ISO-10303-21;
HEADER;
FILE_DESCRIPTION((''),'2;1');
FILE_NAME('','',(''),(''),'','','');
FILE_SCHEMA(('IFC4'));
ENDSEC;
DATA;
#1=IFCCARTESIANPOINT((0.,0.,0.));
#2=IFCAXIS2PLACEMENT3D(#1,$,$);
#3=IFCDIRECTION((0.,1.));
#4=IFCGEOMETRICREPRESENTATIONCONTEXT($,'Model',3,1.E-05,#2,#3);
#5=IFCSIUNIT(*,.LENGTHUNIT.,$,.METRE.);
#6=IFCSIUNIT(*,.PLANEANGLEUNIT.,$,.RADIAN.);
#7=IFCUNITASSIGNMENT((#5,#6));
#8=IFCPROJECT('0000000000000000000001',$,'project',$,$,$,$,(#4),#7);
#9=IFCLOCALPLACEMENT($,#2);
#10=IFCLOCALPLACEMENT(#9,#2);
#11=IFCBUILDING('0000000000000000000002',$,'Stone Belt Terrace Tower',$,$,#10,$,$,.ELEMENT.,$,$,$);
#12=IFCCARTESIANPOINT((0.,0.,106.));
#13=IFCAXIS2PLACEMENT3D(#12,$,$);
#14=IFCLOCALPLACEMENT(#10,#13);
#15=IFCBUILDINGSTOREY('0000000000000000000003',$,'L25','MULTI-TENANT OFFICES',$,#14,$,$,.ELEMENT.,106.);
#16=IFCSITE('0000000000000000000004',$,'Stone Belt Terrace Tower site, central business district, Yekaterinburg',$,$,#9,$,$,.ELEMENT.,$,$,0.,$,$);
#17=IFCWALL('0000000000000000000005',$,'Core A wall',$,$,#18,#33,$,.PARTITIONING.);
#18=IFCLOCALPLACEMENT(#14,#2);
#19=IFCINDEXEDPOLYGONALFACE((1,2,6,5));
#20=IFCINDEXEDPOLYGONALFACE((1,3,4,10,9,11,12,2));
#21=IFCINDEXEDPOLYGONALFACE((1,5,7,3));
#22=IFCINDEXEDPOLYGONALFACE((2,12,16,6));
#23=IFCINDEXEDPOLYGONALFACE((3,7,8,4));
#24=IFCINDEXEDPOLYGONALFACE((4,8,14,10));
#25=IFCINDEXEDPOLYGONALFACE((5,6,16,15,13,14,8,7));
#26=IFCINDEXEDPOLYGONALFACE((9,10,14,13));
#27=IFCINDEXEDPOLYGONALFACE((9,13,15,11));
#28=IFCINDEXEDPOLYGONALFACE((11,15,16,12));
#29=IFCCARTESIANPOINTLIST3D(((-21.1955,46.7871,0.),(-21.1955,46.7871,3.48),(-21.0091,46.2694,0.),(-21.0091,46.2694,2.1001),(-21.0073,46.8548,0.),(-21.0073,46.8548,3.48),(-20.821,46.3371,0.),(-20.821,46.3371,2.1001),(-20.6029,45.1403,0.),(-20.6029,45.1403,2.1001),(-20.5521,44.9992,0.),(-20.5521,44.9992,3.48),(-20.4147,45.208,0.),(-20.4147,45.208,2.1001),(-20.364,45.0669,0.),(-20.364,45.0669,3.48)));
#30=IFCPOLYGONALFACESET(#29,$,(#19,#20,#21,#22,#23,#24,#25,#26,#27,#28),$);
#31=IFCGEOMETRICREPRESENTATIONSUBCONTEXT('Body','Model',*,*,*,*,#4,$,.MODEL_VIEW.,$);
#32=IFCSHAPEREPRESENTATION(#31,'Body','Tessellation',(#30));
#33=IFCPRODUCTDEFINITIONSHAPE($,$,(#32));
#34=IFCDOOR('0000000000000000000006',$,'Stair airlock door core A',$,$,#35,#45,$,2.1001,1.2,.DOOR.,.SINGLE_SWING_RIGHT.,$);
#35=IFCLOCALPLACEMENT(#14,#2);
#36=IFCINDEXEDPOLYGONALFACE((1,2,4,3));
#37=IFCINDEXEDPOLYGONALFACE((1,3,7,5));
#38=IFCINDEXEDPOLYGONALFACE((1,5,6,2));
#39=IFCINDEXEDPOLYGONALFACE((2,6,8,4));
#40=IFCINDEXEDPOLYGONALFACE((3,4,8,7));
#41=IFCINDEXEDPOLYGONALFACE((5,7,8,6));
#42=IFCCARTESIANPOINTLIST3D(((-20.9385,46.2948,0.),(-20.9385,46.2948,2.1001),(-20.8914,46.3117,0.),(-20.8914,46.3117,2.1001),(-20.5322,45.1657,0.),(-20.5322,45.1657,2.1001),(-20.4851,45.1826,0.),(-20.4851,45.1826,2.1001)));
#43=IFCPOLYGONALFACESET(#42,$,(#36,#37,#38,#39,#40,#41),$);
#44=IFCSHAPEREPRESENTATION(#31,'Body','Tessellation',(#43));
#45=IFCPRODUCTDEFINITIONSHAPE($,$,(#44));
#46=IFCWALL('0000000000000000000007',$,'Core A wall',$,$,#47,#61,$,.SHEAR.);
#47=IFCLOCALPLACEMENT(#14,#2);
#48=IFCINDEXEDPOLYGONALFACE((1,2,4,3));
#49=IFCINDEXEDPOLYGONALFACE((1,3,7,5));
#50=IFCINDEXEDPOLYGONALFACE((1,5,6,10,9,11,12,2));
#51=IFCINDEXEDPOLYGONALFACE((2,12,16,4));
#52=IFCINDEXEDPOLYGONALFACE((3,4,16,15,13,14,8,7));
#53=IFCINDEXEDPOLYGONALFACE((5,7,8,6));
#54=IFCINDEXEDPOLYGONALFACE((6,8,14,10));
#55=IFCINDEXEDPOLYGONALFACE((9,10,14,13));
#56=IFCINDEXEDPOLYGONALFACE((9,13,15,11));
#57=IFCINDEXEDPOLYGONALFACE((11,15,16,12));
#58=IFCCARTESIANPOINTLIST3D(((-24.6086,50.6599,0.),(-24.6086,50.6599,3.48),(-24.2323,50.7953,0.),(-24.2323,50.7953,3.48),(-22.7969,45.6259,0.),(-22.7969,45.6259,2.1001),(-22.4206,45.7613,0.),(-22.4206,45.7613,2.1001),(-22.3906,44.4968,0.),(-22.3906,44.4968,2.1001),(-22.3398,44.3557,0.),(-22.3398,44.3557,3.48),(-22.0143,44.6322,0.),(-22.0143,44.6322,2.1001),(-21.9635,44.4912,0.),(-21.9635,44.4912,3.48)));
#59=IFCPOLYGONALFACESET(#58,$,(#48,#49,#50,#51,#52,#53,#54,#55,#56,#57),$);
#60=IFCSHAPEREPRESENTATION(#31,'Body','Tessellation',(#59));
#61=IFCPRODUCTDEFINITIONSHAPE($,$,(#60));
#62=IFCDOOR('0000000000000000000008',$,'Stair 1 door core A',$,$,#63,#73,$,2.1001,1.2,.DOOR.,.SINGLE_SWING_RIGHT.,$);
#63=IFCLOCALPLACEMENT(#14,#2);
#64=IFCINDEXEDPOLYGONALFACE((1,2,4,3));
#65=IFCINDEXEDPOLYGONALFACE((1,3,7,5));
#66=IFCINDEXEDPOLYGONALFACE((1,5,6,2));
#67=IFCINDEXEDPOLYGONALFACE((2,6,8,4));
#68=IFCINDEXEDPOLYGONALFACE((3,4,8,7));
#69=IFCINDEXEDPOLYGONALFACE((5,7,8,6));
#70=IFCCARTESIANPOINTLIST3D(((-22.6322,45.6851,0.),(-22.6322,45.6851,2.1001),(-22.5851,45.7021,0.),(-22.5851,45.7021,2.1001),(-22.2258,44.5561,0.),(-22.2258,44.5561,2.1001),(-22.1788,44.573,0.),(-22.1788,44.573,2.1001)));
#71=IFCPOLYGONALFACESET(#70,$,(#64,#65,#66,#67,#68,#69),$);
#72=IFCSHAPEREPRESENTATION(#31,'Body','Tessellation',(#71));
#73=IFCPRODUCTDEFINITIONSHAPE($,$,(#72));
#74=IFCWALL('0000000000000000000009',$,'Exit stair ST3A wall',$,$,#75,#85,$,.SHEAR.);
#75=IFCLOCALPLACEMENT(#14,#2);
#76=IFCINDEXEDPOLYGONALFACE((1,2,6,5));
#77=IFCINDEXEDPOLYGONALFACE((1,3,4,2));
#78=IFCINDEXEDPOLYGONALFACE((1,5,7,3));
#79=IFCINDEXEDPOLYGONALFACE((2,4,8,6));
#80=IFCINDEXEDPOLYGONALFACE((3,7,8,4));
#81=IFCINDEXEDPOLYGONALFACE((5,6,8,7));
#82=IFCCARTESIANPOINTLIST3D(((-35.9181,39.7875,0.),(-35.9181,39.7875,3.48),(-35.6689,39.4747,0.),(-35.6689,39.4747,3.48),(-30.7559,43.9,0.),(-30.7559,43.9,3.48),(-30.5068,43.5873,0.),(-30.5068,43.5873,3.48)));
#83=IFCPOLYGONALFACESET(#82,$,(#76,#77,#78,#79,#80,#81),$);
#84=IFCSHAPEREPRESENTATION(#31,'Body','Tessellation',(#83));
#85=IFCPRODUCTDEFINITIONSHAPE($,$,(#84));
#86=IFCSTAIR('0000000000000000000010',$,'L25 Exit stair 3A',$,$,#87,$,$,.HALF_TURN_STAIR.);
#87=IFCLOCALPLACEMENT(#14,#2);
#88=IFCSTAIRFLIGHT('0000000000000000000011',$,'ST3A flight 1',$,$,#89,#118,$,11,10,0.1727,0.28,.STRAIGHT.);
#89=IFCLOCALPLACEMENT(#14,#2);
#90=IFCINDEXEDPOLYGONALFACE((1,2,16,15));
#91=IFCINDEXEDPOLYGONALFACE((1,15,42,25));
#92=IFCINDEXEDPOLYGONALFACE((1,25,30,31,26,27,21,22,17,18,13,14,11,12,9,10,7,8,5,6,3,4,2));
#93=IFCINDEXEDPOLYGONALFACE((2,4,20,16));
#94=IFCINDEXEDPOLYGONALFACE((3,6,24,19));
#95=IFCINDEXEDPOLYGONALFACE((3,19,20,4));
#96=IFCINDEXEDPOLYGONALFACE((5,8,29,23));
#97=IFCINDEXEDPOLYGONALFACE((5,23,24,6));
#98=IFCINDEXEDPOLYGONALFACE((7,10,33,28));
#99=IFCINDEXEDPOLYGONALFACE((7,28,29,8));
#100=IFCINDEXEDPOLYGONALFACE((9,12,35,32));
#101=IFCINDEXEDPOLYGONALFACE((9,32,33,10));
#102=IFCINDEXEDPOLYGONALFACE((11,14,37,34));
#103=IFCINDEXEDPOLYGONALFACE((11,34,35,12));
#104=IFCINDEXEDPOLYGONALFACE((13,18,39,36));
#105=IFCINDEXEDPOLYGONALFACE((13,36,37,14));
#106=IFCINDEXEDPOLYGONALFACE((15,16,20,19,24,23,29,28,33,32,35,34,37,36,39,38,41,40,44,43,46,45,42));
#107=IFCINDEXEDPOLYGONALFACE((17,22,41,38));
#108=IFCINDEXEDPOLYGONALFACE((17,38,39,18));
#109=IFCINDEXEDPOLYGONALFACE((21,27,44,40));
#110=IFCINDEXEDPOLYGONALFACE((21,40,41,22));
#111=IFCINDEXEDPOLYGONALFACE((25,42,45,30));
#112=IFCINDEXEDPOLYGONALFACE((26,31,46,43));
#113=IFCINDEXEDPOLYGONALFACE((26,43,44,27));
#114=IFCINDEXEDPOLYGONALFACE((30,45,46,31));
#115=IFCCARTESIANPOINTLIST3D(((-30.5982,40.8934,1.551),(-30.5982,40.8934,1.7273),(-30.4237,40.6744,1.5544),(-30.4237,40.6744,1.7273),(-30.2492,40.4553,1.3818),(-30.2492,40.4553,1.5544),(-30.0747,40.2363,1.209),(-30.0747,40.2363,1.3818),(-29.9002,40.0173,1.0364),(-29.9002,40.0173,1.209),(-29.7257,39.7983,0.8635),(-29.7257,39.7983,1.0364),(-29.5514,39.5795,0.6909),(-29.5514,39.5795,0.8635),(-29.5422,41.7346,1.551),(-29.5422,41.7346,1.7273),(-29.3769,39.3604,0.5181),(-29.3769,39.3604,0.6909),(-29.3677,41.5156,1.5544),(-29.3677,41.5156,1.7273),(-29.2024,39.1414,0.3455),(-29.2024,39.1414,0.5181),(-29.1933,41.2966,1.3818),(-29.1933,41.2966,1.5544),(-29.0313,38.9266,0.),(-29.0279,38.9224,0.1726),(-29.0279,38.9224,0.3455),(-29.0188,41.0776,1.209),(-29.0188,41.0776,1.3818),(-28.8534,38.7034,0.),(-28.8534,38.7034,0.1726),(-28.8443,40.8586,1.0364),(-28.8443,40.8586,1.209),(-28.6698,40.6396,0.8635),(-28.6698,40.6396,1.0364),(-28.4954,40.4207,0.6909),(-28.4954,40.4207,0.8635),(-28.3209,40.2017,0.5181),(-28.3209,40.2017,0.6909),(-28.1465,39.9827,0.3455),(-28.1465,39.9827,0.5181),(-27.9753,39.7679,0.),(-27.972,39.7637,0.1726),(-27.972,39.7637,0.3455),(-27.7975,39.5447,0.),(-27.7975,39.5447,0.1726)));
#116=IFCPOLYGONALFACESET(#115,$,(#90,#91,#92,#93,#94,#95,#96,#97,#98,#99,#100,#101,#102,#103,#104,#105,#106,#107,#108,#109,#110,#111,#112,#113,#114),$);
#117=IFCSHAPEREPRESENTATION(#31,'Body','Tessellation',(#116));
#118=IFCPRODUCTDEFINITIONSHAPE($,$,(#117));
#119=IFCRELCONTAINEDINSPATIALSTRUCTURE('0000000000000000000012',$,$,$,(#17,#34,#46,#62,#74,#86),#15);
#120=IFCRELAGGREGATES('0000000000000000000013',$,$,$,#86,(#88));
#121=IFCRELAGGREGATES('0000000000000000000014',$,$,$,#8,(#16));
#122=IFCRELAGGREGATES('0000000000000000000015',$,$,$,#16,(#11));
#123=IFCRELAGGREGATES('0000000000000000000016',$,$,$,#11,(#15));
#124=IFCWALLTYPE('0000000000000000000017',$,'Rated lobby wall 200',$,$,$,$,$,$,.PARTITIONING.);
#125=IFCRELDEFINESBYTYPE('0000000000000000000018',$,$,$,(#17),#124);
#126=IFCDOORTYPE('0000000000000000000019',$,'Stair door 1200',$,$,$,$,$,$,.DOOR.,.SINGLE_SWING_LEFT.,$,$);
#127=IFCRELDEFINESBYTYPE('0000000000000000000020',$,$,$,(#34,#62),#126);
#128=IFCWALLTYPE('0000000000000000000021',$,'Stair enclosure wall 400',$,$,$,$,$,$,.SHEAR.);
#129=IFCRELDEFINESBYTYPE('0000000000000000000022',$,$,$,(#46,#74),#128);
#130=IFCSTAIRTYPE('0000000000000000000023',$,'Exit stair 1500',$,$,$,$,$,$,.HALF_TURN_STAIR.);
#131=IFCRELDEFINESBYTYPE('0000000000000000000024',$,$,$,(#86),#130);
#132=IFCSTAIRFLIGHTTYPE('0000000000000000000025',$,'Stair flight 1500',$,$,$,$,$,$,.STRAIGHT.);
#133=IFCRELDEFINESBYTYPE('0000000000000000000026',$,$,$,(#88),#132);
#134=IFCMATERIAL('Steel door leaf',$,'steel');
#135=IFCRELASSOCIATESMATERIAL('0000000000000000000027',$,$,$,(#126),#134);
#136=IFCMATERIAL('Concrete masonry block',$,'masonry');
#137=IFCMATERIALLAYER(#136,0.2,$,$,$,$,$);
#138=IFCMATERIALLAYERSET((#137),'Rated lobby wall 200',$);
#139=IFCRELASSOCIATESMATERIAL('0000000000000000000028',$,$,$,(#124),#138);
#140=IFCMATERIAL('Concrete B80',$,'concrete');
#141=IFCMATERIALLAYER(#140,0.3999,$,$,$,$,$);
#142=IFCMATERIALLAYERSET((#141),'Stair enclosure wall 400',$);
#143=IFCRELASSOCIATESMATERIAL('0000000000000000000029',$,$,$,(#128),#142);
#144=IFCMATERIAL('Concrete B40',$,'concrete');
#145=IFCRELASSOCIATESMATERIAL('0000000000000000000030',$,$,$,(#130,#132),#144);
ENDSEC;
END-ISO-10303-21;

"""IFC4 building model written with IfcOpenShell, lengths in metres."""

from ifc_helpers import new_model, si_unit, direction, frame, frame_2d, origin, place, context, subcontext, project, spatial, polyline, rectangle, outline, extrude, material, layer, layer_set, type_object, element, fill, aggregate, save


model = new_model("IFC4")

# Units and contexts
model_context = context("Model", 3, precision=1e-05, world=origin(), true_north=direction((0.0, 1.0)))
body_context = subcontext(model_context, "Body", "Model", "MODEL_VIEW")
ifc_project = project(units=[si_unit("LENGTHUNIT", "METRE"), si_unit("PLANEANGLEUNIT", "RADIAN")], contexts=[model_context])

# Site, building, storey
site_placement = place(None, origin())
site = spatial("IfcSite", under=ifc_project, at=site_placement, Name="Stone Belt Terrace Tower site, central business district, Yekaterinburg", CompositionType="ELEMENT", RefElevation=0.0)
building_placement = place(site_placement, origin())
building = spatial("IfcBuilding", under=site, at=building_placement, Name="Stone Belt Terrace Tower", CompositionType="ELEMENT")
storey_placement = place(building_placement, frame((0.0, 0.0, 106.0)))
storey = spatial("IfcBuildingStorey", under=building, at=storey_placement, Name="L25", Description="MULTI-TENANT OFFICES", CompositionType="ELEMENT", Elevation=106.0)

# Shared definitions
ifc_material_1 = material(Name="Concrete B80", Category="concrete")

# Shared definitions
ifc_material_2 = material(Name="Steel door leaf", Category="steel")
door_type_1 = type_object("IfcDoorType", Name="Stair door 1200", OperationType="SINGLE_SWING_LEFT", PredefinedType="DOOR", material=ifc_material_2)

# Walls, openings, doors
ifc_material_3 = material(Name="Concrete masonry block", Category="masonry")
ifc_layer_1 = layer(ifc_material_3, 0.2)
ifc_layer_set_1 = layer_set([ifc_layer_1], Name="Rated lobby wall 200")
wall_type_1 = type_object("IfcWallType", Name="Rated lobby wall 200", PredefinedType="PARTITIONING", material=ifc_layer_set_1)
wall_1_placement = place(storey_placement, frame((-20.458, 45.033, 0.0), z_axis=(0.0, 0.0, 1.0), x_axis=(-0.338574, 0.94094, 0.0)))
wall_1 = element("IfcWall", 1, at=wall_1_placement, inside=storey, type_object=wall_type_1, Name="Core A wall", PredefinedType="PARTITIONING", context=body_context, shape_type="SweptSolid", body=[
    extrude(rectangle(XDim=1.9001, YDim=0.2, at=frame_2d((0.9502, 0.0))), origin(), (0.0, 0.0, 1.0), 3.48),
])
opening_1_placement = place(wall_1_placement, frame((0.1499, 0.0, 0.0)))
opening_1 = element("IfcOpeningElement", 2, at=opening_1_placement, cuts=wall_1, PredefinedType="OPENING", context=body_context, shape_type="SweptSolid", body=[
    extrude(rectangle(XDim=1.2, YDim=2.1001, at=frame_2d((0.6001, 1.05))), frame((0.0, 0.1099, 0.0), z_axis=(0.0, -1.0, 0.0), x_axis=(1.0, 0.0, 0.0)), (0.0, 0.0, 1.0), 0.22),
])
door_1_placement = place(opening_1_placement, origin())
door_1 = element("IfcDoor", 3, at=door_1_placement, inside=storey, type_object=door_type_1, Name="Stair airlock door core A", OperationType="SINGLE_SWING_RIGHT", OverallHeight=2.1001, OverallWidth=1.2, PredefinedType="DOOR", context=body_context, shape_type="SweptSolid", body=[
    extrude(rectangle(XDim=1.2, YDim=2.1001, at=frame_2d((0.6001, 1.05))), frame((0.0, 0.0249, 0.0), z_axis=(0.0, -1.0, 0.0), x_axis=(1.0, 0.0, 0.0)), (0.0, 0.0, 1.0), 0.05),
])
fill(opening_1, door_1)
ifc_layer_2 = layer(ifc_material_1, 0.3999)
ifc_layer_set_2 = layer_set([ifc_layer_2], Name="Stair enclosure wall 400")
wall_type_2 = type_object("IfcWallType", Name="Stair enclosure wall 400", PredefinedType="SHEAR", material=ifc_layer_set_2)
wall_2_placement = place(storey_placement, frame((-22.1516, 44.4233, 0.0), z_axis=(0.0, 0.0, 1.0), x_axis=(-0.338625, 0.940921, 0.0)))
wall_2 = element("IfcWall", 4, at=wall_2_placement, inside=storey, type_object=wall_type_2, Name="Core A wall", PredefinedType="SHEAR", context=body_context, shape_type="SweptSolid", body=[
    extrude(rectangle(XDim=6.7, YDim=0.3999, at=frame_2d((3.3501, 0.0))), origin(), (0.0, 0.0, 1.0), 3.48),
])
opening_2_placement = place(wall_2_placement, frame((0.1499, 0.0, 0.0)))
opening_2 = element("IfcOpeningElement", 5, at=opening_2_placement, cuts=wall_2, PredefinedType="OPENING", context=body_context, shape_type="SweptSolid", body=[
    extrude(rectangle(XDim=1.2, YDim=2.1001, at=frame_2d((0.6001, 1.05))), frame((0.0, 0.21, 0.0), z_axis=(0.0, -1.0, 0.0), x_axis=(1.0, 0.0, 0.0)), (0.0, 0.0, 1.0), 0.4199),
])
door_2_placement = place(opening_2_placement, origin())
door_2 = element("IfcDoor", 6, at=door_2_placement, inside=storey, type_object=door_type_1, Name="Stair 1 door core A", OperationType="SINGLE_SWING_RIGHT", OverallHeight=2.1001, OverallWidth=1.2, PredefinedType="DOOR", context=body_context, shape_type="SweptSolid", body=[
    extrude(rectangle(XDim=1.2, YDim=2.1001, at=frame_2d((0.6001, 1.05))), frame((0.0, 0.0249, 0.0), z_axis=(0.0, -1.0, 0.0), x_axis=(1.0, 0.0, 0.0)), (0.0, 0.0, 1.0), 0.05),
])
fill(opening_2, door_2)

# Wall
wall_3_placement = place(storey_placement, frame((-30.6313, 43.7437, 0.0), z_axis=(0.0, 0.0, 1.0), x_axis=(-0.782134, -0.62311, 0.0)))
element("IfcWall", 7, at=wall_3_placement, inside=storey, type_object=wall_type_2, Name="Exit stair ST3A wall", PredefinedType="SHEAR", context=body_context, shape_type="SweptSolid", body=[
    extrude(rectangle(XDim=6.6001, YDim=0.3999, at=frame_2d((3.3, 0.0))), origin(), (0.0, 0.0, 1.0), 3.48),
])

# Stair, stair flight
ifc_material_4 = material(Name="Concrete B40", Category="concrete")
stair_type = type_object("IfcStairType", Name="Exit stair 1500", PredefinedType="HALF_TURN_STAIR", material=ifc_material_4)
stair_placement = place(storey_placement, origin())
stair = element("IfcStair", 8, at=stair_placement, inside=storey, type_object=stair_type, Name="L25 Exit stair 3A", PredefinedType="HALF_TURN_STAIR")
stair_flight_type = type_object("IfcStairFlightType", Name="Stair flight 1500", PredefinedType="STRAIGHT", material=ifc_material_4)
stair_flight_placement = place(storey_placement, frame((-28.3254, 39.124, 0.0), z_axis=(0.0, 0.0, 1.0), x_axis=(-0.623121, 0.782125, 0.0)))
stair_flight = element("IfcStairFlight", 9, at=stair_flight_placement, type_object=stair_flight_type, Name="ST3A flight 1", NumberOfRisers=11, NumberOfTreads=10, PredefinedType="STRAIGHT", RiserHeight=0.1727, TreadLength=0.28, context=body_context, shape_type="SweptSolid", body=[
    extrude(outline(polyline([(0.0, 0.0), (0.0, 0.1726), (0.28, 0.1726), (0.28, 0.3455), (0.5601, 0.3455), (0.5601, 0.5181), (0.8401, 0.5181), (0.8401, 0.6909), (1.1201, 0.6909), (1.1201, 0.8635), (1.3999, 0.8635), (1.3999, 1.0364), (1.6799, 1.0364), (1.6799, 1.209), (1.96, 1.209), (1.96, 1.3818), (2.24, 1.3818), (2.24, 1.5544), (2.52, 1.5544), (2.52, 1.7273), (2.8, 1.7273), (2.8, 1.8999), (2.8, 1.551), (0.2854, 0.0), (0.0, 0.0)])), frame((0.0, 0.675, 0.0), z_axis=(0.0, -1.0, 0.0), x_axis=(1.0, 0.0, 0.0)), (0.0, 0.0, 1.0), 1.3501),
])
aggregate(stair, [stair_flight])

save(model, "model.ifc")
